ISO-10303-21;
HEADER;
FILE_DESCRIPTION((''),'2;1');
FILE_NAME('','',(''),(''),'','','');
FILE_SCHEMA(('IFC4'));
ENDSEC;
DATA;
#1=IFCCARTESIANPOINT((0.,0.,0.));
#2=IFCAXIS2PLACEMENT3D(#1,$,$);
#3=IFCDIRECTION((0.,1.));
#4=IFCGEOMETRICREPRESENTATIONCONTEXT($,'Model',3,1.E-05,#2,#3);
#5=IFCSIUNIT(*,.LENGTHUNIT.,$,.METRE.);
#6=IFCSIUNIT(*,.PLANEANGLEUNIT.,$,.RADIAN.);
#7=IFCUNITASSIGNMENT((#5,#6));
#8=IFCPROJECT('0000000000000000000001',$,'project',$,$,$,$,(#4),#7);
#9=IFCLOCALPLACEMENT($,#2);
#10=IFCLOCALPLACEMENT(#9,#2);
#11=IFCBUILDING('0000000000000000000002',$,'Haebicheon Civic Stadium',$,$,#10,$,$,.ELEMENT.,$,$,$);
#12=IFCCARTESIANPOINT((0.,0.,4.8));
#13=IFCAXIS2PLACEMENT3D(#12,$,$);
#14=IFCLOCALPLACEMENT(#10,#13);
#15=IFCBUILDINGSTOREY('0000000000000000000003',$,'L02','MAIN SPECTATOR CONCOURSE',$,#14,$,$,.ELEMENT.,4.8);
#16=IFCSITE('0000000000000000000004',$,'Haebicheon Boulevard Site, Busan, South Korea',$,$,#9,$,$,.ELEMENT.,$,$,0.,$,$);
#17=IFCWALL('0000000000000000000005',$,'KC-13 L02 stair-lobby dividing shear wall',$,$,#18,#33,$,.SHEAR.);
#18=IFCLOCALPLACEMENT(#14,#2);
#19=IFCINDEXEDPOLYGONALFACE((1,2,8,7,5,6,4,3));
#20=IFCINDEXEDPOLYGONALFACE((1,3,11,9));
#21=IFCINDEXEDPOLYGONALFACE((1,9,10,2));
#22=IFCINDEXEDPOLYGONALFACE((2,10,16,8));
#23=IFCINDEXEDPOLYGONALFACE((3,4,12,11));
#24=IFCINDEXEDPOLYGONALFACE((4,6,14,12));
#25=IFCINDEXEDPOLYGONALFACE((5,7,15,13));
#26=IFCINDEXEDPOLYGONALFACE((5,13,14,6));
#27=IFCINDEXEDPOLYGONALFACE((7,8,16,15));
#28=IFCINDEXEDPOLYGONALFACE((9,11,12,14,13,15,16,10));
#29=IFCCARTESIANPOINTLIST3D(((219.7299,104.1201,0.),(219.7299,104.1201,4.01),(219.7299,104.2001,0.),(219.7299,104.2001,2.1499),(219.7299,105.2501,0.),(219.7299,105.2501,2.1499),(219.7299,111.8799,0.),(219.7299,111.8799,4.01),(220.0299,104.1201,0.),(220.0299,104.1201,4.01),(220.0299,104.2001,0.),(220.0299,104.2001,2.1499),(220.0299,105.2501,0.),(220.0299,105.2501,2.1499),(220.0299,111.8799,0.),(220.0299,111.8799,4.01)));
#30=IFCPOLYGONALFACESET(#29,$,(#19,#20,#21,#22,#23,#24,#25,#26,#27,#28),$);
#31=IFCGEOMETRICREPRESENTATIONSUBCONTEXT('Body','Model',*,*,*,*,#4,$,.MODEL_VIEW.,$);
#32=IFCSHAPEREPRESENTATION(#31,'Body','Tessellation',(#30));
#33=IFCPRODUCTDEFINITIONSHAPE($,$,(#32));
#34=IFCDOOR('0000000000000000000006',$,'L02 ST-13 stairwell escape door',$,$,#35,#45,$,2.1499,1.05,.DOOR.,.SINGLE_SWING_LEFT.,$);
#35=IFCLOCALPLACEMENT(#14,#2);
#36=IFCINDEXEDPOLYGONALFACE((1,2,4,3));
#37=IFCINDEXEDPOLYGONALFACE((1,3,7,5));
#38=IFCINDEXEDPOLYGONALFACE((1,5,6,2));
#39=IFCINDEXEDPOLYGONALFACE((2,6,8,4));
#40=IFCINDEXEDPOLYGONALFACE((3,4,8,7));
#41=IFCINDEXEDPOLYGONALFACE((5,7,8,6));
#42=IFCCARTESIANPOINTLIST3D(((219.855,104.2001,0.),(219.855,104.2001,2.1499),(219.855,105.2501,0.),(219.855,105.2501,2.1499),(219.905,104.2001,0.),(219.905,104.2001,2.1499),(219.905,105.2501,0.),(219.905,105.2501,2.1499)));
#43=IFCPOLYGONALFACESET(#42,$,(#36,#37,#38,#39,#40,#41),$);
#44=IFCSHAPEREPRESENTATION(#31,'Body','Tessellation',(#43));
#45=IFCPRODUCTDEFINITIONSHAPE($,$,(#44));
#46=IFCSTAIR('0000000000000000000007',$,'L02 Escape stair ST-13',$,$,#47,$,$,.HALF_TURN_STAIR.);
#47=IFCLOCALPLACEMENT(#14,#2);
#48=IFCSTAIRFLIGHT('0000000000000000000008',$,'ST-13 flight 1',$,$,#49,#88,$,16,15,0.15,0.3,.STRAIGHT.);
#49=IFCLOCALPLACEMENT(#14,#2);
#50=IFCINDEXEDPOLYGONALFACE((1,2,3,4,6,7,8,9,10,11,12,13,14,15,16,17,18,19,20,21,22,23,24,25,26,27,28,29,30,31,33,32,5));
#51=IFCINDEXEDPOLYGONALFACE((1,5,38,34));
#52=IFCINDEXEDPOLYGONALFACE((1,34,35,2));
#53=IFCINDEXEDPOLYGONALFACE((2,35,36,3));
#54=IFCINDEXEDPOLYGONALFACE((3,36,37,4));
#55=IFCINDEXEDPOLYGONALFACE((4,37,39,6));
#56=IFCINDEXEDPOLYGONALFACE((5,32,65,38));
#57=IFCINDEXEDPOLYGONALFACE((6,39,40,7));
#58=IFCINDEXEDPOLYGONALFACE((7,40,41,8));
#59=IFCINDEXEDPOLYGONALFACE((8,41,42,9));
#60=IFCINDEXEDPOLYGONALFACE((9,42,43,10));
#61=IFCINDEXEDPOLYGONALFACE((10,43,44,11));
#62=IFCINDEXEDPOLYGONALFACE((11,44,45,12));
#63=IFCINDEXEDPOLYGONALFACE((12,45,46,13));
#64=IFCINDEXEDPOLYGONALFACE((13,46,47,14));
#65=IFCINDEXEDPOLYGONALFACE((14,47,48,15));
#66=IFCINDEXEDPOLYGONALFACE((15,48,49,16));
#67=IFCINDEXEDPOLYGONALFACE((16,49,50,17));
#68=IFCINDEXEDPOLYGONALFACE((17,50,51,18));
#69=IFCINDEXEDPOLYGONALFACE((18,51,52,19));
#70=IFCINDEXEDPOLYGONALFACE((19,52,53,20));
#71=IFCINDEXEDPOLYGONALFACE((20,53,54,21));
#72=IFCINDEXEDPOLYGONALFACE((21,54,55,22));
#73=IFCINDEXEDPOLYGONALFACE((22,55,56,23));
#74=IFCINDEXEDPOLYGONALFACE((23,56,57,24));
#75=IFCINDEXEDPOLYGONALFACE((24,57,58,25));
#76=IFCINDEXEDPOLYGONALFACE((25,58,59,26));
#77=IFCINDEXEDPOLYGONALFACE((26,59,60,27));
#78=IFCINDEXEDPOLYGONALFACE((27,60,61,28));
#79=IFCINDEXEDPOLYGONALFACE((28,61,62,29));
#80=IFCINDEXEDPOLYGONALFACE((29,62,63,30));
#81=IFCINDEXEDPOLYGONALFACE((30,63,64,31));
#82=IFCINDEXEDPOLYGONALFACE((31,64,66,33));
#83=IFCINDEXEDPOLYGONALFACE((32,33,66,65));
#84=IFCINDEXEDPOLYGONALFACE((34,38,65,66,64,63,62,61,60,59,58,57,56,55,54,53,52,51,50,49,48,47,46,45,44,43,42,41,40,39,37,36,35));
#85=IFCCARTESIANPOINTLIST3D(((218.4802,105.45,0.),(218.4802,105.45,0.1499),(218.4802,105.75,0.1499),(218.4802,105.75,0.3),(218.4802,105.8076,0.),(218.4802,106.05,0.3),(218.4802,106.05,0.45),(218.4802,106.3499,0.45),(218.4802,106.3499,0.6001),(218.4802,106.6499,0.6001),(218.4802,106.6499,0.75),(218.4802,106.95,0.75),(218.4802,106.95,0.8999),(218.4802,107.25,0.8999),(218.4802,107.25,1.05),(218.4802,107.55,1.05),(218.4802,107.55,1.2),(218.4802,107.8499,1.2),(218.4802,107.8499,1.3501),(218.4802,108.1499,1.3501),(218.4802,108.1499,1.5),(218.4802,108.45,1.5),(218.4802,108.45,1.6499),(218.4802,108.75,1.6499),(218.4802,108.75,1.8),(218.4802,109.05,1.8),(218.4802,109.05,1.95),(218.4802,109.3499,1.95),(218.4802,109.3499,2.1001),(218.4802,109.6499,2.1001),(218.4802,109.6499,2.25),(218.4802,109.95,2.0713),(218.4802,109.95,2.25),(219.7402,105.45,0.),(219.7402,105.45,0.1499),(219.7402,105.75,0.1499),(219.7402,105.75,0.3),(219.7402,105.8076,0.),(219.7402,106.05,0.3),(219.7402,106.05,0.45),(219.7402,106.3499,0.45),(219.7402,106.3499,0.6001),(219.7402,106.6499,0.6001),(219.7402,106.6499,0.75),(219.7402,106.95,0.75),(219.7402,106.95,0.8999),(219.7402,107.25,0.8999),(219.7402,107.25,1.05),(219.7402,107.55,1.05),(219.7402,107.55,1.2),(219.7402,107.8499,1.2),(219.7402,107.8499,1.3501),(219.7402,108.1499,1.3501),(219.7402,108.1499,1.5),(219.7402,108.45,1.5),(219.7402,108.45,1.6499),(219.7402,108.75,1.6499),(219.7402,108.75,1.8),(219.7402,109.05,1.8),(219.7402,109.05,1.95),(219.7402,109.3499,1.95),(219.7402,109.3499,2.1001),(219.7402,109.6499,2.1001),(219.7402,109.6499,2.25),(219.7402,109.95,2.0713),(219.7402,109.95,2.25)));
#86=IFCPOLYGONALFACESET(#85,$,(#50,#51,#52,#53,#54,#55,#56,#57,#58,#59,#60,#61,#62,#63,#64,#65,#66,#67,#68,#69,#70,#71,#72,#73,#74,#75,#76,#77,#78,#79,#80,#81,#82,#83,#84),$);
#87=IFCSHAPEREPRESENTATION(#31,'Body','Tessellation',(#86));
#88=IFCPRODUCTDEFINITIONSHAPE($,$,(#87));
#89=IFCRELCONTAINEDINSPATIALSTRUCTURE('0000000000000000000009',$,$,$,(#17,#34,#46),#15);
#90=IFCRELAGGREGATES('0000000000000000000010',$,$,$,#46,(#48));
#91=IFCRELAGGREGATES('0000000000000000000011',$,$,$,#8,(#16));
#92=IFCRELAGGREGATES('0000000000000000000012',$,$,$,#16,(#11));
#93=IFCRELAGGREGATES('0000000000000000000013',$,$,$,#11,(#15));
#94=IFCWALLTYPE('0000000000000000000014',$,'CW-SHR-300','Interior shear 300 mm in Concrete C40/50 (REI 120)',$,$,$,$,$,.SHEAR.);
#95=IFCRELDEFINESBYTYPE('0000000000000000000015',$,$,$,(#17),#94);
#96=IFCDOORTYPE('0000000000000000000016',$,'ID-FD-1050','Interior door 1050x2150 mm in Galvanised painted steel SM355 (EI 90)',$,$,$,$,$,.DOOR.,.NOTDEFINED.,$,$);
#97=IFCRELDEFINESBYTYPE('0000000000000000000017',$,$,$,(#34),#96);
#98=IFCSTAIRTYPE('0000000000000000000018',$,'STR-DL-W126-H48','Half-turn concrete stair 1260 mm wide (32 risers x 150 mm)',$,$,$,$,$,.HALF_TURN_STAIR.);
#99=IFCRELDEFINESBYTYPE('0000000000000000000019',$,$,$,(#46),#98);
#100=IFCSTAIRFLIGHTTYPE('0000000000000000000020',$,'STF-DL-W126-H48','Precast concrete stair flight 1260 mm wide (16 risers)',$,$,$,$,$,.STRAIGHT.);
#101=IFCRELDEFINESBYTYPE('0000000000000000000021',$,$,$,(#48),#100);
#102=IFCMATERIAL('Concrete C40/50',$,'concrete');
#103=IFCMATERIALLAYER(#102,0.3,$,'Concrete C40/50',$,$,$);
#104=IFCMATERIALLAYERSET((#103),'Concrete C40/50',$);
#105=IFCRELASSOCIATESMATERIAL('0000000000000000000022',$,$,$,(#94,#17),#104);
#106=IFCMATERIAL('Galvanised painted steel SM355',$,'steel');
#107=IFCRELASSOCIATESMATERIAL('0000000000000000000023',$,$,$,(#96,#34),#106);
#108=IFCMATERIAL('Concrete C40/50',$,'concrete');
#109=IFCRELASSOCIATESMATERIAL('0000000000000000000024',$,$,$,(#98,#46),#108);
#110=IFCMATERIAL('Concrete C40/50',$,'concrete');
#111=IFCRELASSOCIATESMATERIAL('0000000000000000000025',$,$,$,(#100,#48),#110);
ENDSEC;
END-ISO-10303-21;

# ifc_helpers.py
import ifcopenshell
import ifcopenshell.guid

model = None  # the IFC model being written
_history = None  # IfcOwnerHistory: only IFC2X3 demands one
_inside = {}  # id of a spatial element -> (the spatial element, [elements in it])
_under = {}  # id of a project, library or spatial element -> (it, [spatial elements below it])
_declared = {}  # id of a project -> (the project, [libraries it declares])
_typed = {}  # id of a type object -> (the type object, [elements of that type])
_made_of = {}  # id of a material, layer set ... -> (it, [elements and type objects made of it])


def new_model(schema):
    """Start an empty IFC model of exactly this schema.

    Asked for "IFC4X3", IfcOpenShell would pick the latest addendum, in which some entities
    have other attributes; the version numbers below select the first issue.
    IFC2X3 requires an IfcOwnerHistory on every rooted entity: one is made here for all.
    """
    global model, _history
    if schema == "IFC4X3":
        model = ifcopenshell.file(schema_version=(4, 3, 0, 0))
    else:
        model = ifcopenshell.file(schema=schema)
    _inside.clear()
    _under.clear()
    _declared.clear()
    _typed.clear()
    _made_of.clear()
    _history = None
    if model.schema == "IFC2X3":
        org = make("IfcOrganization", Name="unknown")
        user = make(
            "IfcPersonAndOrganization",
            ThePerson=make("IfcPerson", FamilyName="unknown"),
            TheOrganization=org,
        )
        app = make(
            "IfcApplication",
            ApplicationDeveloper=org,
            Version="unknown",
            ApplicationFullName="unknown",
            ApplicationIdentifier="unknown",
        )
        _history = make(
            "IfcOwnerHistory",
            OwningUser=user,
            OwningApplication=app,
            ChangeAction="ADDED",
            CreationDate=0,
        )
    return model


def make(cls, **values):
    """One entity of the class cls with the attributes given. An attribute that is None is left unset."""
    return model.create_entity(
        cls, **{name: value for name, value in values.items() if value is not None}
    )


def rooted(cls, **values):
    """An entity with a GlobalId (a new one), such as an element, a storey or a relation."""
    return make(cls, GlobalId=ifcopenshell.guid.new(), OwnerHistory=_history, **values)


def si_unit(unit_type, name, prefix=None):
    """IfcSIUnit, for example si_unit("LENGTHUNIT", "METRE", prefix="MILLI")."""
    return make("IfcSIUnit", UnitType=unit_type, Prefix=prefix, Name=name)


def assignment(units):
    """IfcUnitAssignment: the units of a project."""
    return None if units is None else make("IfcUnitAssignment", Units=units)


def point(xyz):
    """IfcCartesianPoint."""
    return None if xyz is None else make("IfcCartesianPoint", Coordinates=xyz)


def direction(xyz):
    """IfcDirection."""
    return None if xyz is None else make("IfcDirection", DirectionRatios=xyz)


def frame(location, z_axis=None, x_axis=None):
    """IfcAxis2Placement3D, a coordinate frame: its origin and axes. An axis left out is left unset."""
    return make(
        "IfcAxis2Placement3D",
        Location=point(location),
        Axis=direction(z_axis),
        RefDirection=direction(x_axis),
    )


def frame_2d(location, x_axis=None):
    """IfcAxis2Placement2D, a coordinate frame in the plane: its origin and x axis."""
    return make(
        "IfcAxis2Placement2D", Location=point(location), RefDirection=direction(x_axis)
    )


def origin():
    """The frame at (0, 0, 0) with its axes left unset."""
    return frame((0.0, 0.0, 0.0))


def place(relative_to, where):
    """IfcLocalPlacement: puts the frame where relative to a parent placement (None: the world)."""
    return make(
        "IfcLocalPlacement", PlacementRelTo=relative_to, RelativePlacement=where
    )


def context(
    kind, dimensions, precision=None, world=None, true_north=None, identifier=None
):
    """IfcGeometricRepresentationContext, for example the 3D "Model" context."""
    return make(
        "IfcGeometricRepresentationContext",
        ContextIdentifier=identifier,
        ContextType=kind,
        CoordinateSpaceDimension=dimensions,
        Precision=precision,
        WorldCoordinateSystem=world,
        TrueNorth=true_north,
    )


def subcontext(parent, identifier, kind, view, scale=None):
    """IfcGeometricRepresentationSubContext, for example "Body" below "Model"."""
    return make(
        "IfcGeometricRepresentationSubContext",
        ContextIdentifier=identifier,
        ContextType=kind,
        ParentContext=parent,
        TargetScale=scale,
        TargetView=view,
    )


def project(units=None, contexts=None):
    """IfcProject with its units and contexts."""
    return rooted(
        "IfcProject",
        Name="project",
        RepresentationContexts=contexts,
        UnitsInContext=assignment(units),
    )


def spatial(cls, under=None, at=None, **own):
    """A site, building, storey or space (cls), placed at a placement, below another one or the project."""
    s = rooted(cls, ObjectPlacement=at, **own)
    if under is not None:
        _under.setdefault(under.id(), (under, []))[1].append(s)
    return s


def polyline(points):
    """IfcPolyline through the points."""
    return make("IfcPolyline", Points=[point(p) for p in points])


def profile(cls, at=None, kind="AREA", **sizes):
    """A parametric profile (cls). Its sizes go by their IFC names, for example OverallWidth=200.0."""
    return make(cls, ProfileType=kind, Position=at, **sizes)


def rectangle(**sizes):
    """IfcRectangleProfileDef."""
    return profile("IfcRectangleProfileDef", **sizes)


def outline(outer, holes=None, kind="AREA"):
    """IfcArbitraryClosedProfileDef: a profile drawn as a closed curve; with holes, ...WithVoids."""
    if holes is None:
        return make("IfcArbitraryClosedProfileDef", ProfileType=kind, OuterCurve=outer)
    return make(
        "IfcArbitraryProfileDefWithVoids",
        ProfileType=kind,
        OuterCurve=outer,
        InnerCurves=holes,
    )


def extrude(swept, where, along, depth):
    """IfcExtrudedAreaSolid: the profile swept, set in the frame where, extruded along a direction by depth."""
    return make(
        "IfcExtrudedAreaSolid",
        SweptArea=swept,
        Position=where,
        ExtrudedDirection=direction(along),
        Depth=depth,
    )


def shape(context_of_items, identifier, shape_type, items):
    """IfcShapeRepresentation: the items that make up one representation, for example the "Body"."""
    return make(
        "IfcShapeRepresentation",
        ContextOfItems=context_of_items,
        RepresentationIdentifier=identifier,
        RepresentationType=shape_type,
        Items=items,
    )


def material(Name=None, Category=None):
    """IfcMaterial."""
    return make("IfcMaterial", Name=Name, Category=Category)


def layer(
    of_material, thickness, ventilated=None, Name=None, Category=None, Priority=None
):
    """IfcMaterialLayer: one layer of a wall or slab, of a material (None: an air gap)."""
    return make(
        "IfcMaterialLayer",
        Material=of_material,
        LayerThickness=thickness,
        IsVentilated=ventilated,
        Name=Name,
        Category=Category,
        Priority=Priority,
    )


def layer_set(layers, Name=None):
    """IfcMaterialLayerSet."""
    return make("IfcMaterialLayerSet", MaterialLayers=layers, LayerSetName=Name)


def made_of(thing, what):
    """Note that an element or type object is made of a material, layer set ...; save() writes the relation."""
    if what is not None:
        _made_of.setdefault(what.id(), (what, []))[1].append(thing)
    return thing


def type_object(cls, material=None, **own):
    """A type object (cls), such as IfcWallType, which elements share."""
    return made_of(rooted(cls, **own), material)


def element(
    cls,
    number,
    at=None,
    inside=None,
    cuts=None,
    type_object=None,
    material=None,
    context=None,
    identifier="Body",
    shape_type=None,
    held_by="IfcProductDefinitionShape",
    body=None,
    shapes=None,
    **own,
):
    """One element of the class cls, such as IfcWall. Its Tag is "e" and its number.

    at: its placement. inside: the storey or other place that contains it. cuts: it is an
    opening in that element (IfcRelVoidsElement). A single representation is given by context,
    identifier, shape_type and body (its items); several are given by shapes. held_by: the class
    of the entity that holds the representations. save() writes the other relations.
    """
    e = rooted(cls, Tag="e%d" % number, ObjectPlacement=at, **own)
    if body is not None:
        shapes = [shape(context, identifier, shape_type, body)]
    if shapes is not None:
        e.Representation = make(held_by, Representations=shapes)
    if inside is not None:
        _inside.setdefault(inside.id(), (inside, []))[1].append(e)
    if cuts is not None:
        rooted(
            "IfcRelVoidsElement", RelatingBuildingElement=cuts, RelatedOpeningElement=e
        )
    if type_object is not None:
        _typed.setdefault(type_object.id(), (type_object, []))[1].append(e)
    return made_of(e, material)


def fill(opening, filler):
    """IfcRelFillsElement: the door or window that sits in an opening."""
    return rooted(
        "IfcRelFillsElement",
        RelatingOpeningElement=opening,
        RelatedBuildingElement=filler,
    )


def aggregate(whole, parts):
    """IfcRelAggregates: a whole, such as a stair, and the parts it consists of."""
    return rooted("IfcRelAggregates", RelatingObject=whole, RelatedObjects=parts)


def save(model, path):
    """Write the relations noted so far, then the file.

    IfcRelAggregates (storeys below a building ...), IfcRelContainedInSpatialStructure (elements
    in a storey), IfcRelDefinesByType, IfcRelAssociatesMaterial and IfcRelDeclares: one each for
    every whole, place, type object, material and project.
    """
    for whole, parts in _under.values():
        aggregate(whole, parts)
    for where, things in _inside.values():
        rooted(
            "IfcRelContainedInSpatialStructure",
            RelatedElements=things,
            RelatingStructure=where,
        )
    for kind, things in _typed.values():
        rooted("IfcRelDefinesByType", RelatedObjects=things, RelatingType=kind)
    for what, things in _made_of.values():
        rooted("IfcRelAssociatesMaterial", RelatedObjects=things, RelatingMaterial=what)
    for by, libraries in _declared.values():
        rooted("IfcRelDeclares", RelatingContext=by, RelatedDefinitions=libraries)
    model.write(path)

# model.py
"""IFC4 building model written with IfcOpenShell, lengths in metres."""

from ifc_helpers import new_model, si_unit, direction, frame, frame_2d, origin, place, context, subcontext, project, spatial, polyline, rectangle, outline, extrude, material, layer, layer_set, type_object, element, fill, aggregate, save


model = new_model("IFC4")

# Units and contexts
model_context = context("Model", 3, precision=1e-05, world=origin(), true_north=direction((0.0, 1.0)))
body_context = subcontext(model_context, "Body", "Model", "MODEL_VIEW")
ifc_project = project(units=[si_unit("LENGTHUNIT", "METRE"), si_unit("PLANEANGLEUNIT", "RADIAN")], contexts=[model_context])

# Site, building, storey
site_placement = place(None, origin())
site = spatial("IfcSite", under=ifc_project, at=site_placement, Name="Haebicheon Boulevard Site, Busan, South Korea", CompositionType="ELEMENT", RefElevation=0.0)
building_placement = place(site_placement, origin())
building = spatial("IfcBuilding", under=site, at=building_placement, Name="Haebicheon Civic Stadium", CompositionType="ELEMENT")
storey_placement = place(building_placement, frame((0.0, 0.0, 4.8)))
storey = spatial("IfcBuildingStorey", under=building, at=storey_placement, Name="L02", Description="MAIN SPECTATOR CONCOURSE", CompositionType="ELEMENT", Elevation=4.8)

# Shared definitions
ifc_material_1 = material(Name="Concrete C40/50", Category="concrete")
ifc_layer_1 = layer(ifc_material_1, 0.3, Name="Concrete C40/50")
ifc_layer_set_1 = layer_set([ifc_layer_1], Name="Concrete C40/50")
wall_type_1 = type_object("IfcWallType", Name="CW-SHR-300", Description="Interior shear 300 mm in Concrete C40/50 (REI 120)", PredefinedType="SHEAR", material=ifc_layer_set_1)

# Wall, opening, door
wall_1_placement = place(storey_placement, frame((219.8799, 104.1201, 0.0), z_axis=(0.0, 0.0, 1.0), x_axis=(0.0, 1.0, 0.0)))
wall_1 = element("IfcWall", 1, at=wall_1_placement, inside=storey, type_object=wall_type_1, material=ifc_layer_set_1, Name="KC-13 L02 stair-lobby dividing shear wall", PredefinedType="SHEAR", context=body_context, shape_type="SweptSolid", body=[
    extrude(rectangle(XDim=7.7598, YDim=0.3, at=frame_2d((3.8799, 0.0))), origin(), (0.0, 0.0, 1.0), 4.01),
])
opening_1_placement = place(wall_1_placement, frame((0.0801, 0.0, 0.0)))
opening_1 = element("IfcOpeningElement", 2, at=opening_1_placement, cuts=wall_1, PredefinedType="OPENING", context=body_context, shape_type="SweptSolid", body=[
    extrude(rectangle(XDim=1.05, YDim=2.1499, at=frame_2d((0.5249, 1.075))), frame((0.0, 0.1599, 0.0), z_axis=(0.0, -1.0, 0.0), x_axis=(1.0, 0.0, 0.0)), (0.0, 0.0, 1.0), 0.3201),
])
ifc_material_2 = material(Name="Galvanised painted steel SM355", Category="steel")
door_type_1 = type_object("IfcDoorType", Name="ID-FD-1050", Description="Interior door 1050x2150 mm in Galvanised painted steel SM355 (EI 90)", OperationType="NOTDEFINED", PredefinedType="DOOR", material=ifc_material_2)
door_1_placement = place(opening_1_placement, origin())
door_1 = element("IfcDoor", 3, at=door_1_placement, inside=storey, type_object=door_type_1, material=ifc_material_2, Name="L02 ST-13 stairwell escape door", OperationType="SINGLE_SWING_LEFT", OverallHeight=2.1499, OverallWidth=1.05, PredefinedType="DOOR", context=body_context, shape_type="SweptSolid", body=[
    extrude(rectangle(XDim=1.05, YDim=2.1499, at=frame_2d((0.5249, 1.075))), frame((0.0, 0.0249, 0.0), z_axis=(0.0, -1.0, 0.0), x_axis=(1.0, 0.0, 0.0)), (0.0, 0.0, 1.0), 0.05),
])
fill(opening_1, door_1)

# Stair, stair flight
ifc_material_3 = material(Name="Concrete C40/50", Category="concrete")
stair_type = type_object("IfcStairType", Name="STR-DL-W126-H48", Description="Half-turn concrete stair 1260 mm wide (32 risers x 150 mm)", PredefinedType="HALF_TURN_STAIR", material=ifc_material_3)
stair_placement = place(storey_placement, origin())
stair = element("IfcStair", 4, at=stair_placement, inside=storey, type_object=stair_type, material=ifc_material_3, Name="L02 Escape stair ST-13", PredefinedType="HALF_TURN_STAIR")
ifc_material_4 = material(Name="Concrete C40/50", Category="concrete")
stair_flight_type = type_object("IfcStairFlightType", Name="STF-DL-W126-H48", Description="Precast concrete stair flight 1260 mm wide (16 risers)", PredefinedType="STRAIGHT", material=ifc_material_4)
stair_flight_placement = place(storey_placement, frame((219.1101, 105.45, 0.0), z_axis=(0.0, 0.0, 1.0), x_axis=(0.0, 1.0, 0.0)))
stair_flight = element("IfcStairFlight", 5, at=stair_flight_placement, type_object=stair_flight_type, material=ifc_material_4, Name="ST-13 flight 1", NumberOfRisers=16, NumberOfTreads=15, PredefinedType="STRAIGHT", RiserHeight=0.15, TreadLength=0.3, context=body_context, shape_type="SweptSolid", body=[
    extrude(outline(polyline([(0.0, 0.0), (0.0, 0.1499), (0.3, 0.1499), (0.3, 0.3), (0.6001, 0.3), (0.6001, 0.45), (0.8999, 0.45), (0.8999, 0.6001), (1.2, 0.6001), (1.2, 0.75), (1.5, 0.75), (1.5, 0.8999), (1.8, 0.8999), (1.8, 1.05), (2.1001, 1.05), (2.1001, 1.2), (2.3999, 1.2), (2.3999, 1.3501), (2.7, 1.3501), (2.7, 1.5), (3.0, 1.5), (3.0, 1.6499), (3.3, 1.6499), (3.3, 1.8), (3.6001, 1.8), (3.6001, 1.95), (3.8999, 1.95), (3.8999, 2.1001), (4.2, 2.1001), (4.2, 2.25), (4.5, 2.25), (4.5, 2.3999), (4.5, 2.0713), (0.3577, 0.0), (0.0, 0.0)])), frame((0.0, 0.6299, 0.0), z_axis=(0.0, -1.0, 0.0), x_axis=(1.0, 0.0, 0.0)), (0.0, 0.0, 1.0), 1.26),
])
aggregate(stair, [stair_flight])

save(model, "model.ifc")
